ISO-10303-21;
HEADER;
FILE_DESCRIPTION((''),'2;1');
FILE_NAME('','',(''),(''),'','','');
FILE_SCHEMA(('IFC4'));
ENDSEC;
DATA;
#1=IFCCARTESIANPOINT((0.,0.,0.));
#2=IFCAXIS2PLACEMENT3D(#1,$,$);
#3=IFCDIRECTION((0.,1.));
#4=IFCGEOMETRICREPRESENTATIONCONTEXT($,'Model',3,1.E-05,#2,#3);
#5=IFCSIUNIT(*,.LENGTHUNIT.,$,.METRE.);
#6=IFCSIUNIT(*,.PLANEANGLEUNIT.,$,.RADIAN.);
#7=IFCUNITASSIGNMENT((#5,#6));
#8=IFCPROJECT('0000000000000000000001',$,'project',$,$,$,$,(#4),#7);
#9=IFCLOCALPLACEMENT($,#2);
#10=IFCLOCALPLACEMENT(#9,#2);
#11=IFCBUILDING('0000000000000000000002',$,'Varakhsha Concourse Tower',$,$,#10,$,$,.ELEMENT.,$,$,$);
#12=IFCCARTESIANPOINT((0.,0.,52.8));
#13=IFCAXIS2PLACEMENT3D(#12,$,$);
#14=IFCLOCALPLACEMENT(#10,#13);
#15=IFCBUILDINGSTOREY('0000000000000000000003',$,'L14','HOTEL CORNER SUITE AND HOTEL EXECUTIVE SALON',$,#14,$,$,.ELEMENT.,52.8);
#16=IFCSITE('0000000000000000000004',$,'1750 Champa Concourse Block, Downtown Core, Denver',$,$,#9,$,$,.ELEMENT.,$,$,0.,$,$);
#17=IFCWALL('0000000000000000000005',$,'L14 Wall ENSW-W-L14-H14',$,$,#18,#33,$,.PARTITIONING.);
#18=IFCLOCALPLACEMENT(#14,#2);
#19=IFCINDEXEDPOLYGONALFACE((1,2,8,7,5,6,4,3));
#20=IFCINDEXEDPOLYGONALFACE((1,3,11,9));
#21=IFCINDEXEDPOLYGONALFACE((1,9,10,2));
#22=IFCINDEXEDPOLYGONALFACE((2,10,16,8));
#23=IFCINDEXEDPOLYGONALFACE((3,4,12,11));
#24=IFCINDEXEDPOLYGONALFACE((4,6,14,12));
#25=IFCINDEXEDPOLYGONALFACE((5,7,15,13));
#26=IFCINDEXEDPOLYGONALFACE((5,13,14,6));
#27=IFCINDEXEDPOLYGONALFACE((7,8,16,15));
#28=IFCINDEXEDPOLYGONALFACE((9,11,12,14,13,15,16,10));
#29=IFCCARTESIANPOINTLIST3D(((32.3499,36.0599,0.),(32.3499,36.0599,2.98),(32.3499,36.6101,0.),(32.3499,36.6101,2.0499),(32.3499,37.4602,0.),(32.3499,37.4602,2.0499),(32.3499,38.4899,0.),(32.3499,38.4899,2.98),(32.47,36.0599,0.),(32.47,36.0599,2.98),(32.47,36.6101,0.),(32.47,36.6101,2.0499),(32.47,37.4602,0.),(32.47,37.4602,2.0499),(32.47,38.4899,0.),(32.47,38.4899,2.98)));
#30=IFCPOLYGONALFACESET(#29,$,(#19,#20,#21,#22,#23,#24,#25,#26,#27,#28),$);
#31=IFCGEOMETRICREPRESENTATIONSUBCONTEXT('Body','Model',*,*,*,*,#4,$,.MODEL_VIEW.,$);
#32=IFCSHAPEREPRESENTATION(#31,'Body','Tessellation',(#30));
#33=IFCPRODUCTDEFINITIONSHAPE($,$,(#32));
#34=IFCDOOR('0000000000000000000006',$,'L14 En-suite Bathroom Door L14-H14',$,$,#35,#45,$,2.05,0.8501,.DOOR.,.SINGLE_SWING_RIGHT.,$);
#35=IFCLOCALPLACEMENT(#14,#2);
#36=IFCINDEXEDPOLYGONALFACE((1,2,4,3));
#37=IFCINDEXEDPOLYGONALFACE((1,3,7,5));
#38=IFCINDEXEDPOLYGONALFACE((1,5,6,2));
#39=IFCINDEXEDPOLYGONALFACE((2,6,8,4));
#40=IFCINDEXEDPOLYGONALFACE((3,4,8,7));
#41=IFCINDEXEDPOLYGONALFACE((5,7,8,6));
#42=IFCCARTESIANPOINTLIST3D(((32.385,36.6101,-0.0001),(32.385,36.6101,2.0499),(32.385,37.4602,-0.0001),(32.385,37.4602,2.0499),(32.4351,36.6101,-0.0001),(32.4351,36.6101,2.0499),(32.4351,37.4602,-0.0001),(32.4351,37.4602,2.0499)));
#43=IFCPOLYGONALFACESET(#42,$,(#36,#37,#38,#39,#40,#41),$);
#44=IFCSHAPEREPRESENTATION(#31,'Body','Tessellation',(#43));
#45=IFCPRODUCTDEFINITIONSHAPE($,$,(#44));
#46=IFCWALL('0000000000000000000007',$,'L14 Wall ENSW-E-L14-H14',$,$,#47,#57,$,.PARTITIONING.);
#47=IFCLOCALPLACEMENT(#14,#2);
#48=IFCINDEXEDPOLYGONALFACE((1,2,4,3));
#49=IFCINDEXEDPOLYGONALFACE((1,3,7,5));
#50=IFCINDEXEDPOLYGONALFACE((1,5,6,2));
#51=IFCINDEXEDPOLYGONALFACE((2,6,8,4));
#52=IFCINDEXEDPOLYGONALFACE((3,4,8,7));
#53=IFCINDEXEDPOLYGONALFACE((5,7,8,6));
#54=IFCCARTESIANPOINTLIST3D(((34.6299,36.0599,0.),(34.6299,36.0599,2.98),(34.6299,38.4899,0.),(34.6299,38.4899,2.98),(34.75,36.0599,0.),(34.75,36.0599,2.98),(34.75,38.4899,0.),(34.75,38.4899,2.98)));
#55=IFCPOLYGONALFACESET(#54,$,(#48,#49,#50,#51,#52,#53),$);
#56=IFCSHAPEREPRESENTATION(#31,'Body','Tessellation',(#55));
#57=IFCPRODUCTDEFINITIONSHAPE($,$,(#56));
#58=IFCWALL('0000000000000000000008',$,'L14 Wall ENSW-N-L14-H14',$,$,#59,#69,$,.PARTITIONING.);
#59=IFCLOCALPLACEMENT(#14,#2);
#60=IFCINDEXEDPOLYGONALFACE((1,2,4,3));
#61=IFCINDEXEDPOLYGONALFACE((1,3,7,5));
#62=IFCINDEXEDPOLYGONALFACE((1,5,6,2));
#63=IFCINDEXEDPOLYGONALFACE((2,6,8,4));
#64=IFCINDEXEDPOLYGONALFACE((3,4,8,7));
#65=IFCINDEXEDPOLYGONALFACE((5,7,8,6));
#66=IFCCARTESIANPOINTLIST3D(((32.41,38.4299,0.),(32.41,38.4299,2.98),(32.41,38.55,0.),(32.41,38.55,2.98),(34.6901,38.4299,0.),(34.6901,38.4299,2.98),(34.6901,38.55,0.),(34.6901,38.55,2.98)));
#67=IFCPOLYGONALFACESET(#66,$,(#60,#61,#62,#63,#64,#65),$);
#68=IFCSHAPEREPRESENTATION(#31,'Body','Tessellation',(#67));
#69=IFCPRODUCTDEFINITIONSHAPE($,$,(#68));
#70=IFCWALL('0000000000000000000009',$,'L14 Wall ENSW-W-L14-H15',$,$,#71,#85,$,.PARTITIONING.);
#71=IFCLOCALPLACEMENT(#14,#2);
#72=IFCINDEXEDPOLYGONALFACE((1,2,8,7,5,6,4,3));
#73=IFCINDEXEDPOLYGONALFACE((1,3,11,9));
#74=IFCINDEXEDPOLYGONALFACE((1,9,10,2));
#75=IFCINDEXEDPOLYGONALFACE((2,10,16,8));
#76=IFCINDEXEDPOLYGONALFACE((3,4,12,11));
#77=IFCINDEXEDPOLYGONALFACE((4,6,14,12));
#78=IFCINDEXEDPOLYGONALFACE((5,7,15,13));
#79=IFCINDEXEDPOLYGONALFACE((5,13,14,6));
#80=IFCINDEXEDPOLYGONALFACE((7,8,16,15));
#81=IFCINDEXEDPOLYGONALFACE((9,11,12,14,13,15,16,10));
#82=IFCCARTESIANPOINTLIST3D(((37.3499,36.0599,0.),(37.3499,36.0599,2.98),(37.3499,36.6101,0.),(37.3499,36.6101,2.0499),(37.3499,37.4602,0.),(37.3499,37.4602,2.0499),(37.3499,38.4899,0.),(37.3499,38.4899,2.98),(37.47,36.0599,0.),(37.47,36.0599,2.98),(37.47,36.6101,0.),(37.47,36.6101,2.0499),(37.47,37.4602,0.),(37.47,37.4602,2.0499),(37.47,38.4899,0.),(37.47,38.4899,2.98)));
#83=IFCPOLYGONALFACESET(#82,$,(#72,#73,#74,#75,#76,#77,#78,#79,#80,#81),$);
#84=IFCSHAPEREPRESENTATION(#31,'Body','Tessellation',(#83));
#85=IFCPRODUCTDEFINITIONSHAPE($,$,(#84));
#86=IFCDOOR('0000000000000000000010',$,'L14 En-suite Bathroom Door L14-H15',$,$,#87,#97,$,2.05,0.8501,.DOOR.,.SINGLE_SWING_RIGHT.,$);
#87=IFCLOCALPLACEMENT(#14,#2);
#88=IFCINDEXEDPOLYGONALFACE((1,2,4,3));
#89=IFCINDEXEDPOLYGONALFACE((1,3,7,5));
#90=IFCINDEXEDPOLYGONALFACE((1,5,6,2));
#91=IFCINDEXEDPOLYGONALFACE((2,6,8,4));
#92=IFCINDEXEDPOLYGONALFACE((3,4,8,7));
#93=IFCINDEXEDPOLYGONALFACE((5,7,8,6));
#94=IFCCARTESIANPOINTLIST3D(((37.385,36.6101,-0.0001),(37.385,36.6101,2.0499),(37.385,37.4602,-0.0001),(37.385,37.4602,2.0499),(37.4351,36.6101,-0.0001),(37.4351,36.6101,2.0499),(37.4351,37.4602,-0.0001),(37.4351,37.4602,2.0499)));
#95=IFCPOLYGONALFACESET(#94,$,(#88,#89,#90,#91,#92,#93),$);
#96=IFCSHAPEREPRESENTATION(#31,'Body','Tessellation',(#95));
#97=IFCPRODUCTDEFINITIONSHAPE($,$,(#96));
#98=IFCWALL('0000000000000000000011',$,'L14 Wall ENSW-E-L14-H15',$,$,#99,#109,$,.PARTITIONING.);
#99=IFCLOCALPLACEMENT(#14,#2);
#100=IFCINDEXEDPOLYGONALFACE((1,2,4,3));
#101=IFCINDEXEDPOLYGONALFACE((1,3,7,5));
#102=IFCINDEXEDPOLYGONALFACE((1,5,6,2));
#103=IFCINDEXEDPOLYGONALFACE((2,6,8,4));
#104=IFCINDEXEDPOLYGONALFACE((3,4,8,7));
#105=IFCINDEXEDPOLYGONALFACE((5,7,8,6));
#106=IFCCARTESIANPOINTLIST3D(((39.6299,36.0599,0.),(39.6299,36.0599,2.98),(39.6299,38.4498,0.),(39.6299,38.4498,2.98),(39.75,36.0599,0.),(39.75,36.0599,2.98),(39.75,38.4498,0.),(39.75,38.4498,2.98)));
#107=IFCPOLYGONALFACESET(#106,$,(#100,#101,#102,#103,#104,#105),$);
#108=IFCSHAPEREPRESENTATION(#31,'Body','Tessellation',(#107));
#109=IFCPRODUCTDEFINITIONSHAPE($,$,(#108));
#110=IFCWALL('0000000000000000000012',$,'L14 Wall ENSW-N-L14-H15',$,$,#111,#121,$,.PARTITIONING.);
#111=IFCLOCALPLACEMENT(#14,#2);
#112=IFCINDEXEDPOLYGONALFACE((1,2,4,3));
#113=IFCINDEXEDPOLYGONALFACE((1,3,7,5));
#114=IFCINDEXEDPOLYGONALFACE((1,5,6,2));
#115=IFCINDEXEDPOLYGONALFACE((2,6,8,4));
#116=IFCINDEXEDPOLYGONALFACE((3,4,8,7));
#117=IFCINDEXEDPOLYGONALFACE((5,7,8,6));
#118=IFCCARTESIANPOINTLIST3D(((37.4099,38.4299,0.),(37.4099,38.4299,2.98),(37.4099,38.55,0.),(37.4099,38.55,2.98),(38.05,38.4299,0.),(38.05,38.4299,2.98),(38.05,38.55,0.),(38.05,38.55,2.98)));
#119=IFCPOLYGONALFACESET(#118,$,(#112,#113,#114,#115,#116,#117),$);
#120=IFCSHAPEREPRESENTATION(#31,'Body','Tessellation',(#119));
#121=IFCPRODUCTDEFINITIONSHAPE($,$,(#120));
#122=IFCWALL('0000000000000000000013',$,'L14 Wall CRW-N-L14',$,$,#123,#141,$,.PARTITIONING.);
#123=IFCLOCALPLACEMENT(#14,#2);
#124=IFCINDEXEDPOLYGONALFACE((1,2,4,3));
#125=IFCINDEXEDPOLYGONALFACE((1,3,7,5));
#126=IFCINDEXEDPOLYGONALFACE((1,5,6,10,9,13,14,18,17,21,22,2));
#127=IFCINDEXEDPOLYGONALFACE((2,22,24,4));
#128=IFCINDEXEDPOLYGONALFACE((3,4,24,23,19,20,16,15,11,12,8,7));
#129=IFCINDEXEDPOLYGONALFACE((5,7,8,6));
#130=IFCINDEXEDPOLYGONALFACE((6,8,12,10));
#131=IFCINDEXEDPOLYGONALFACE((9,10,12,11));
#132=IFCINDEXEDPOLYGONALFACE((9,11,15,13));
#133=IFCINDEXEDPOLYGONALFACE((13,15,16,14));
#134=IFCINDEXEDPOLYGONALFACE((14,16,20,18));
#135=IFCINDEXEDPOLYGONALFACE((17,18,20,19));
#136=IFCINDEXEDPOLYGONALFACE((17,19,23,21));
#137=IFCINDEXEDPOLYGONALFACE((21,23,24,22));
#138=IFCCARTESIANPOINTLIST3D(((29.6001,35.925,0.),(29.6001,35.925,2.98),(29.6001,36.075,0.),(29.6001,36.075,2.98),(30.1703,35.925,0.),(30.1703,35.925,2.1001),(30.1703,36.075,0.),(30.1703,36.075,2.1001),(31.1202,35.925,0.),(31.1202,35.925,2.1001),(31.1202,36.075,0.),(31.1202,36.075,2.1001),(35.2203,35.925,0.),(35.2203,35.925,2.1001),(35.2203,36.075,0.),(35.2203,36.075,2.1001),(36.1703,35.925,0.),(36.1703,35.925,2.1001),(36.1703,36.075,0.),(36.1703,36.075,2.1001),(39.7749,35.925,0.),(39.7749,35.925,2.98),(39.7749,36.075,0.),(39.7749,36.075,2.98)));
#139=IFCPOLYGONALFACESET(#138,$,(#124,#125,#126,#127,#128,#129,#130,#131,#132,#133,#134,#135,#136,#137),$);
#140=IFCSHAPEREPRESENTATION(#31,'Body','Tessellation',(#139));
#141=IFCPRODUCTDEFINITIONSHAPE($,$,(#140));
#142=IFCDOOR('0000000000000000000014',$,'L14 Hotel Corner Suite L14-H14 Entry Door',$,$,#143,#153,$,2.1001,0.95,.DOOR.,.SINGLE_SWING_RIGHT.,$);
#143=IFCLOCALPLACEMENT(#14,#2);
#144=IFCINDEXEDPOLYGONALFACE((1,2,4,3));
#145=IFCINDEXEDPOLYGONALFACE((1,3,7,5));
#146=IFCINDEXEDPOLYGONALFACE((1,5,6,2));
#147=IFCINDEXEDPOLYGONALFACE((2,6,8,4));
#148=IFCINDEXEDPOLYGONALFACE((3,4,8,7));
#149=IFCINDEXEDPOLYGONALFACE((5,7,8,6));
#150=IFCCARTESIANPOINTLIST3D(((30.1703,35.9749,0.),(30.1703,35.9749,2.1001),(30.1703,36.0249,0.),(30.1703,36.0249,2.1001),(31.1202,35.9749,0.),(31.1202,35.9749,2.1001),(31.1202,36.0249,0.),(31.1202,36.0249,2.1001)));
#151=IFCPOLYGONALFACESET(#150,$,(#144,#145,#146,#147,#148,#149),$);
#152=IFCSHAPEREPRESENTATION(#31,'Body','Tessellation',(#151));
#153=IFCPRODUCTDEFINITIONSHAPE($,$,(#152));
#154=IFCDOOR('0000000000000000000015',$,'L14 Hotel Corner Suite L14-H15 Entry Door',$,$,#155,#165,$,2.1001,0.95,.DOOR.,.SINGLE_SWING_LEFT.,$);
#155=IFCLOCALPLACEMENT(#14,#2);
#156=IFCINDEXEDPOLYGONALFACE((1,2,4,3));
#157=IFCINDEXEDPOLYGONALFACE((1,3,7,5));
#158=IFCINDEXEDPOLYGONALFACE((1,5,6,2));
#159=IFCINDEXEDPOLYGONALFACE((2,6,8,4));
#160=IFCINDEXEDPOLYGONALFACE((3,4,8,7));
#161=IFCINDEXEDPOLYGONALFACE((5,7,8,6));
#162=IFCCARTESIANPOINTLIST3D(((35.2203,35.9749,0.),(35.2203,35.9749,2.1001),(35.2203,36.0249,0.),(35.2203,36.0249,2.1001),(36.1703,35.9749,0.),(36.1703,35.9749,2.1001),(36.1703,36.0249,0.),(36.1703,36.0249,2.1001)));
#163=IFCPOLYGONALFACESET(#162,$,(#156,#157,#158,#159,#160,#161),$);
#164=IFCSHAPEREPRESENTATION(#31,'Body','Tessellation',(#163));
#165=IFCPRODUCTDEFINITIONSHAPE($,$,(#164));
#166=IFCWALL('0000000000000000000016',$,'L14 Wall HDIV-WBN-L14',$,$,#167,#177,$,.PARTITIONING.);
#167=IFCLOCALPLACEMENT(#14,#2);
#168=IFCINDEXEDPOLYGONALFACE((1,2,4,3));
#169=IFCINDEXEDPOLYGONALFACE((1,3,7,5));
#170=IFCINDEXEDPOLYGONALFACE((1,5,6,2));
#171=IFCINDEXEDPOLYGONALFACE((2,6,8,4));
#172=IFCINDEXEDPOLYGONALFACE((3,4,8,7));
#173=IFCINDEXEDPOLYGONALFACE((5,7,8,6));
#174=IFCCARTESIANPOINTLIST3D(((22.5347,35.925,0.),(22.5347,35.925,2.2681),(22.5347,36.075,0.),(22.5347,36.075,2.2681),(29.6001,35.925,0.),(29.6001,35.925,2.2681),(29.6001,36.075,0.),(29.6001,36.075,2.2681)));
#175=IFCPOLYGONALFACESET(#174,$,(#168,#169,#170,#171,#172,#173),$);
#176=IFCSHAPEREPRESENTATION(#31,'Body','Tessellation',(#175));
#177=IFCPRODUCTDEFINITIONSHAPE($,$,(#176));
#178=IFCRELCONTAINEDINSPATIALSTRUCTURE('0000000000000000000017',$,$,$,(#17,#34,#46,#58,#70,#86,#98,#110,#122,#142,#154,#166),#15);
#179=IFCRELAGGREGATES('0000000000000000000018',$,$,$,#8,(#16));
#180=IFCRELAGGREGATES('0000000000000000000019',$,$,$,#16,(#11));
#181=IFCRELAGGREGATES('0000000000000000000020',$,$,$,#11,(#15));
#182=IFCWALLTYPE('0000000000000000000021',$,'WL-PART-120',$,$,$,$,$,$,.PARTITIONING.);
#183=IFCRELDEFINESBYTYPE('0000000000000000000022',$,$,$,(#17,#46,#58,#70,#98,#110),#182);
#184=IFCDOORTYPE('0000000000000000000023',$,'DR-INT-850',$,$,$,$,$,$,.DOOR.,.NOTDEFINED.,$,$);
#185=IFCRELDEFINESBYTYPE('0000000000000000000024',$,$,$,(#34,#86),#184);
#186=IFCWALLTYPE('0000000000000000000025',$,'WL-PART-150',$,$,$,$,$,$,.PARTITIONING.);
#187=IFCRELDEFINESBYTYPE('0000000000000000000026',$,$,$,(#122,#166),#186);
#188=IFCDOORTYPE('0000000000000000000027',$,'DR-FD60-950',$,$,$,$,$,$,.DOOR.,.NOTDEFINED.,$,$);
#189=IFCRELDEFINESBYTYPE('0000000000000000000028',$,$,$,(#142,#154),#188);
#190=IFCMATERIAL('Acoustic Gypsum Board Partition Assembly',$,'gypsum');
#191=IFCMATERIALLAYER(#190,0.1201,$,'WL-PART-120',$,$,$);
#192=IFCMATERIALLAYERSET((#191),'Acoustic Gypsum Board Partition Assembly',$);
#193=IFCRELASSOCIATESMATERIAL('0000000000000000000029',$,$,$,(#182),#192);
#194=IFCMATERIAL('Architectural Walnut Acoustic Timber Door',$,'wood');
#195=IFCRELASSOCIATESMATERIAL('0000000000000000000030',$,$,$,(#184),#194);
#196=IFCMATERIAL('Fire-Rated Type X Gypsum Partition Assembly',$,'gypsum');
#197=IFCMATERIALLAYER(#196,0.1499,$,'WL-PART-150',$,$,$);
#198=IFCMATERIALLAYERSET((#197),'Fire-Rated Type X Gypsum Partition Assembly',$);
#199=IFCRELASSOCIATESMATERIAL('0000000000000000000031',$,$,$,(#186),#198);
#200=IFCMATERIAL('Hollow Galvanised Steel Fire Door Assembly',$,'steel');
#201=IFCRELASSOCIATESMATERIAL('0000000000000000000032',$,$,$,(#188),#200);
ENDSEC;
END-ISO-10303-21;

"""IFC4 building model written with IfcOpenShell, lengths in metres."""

from ifc_helpers import new_model, si_unit, direction, frame, frame_2d, origin, place, context, subcontext, project, spatial, rectangle, extrude, material, layer, layer_set, type_object, element, fill, save


model = new_model("IFC4")

# Units and contexts
model_context = context("Model", 3, precision=1e-05, world=origin(), true_north=direction((0.0, 1.0)))
body_context = subcontext(model_context, "Body", "Model", "MODEL_VIEW")
ifc_project = project(units=[si_unit("LENGTHUNIT", "METRE"), si_unit("PLANEANGLEUNIT", "RADIAN")], contexts=[model_context])

# Site, building, storey
site_placement = place(None, origin())
site = spatial("IfcSite", under=ifc_project, at=site_placement, Name="1750 Champa Concourse Block, Downtown Core, Denver", CompositionType="ELEMENT", RefElevation=0.0)
building_placement = place(site_placement, origin())
building = spatial("IfcBuilding", under=site, at=building_placement, Name="Varakhsha Concourse Tower", CompositionType="ELEMENT")
storey_placement = place(building_placement, frame((0.0, 0.0, 52.8)))
storey = spatial("IfcBuildingStorey", under=building, at=storey_placement, Name="L14", Description="HOTEL CORNER SUITE AND HOTEL EXECUTIVE SALON", CompositionType="ELEMENT", Elevation=52.8)

# Shared definitions
ifc_material_1 = material(Name="Acoustic Gypsum Board Partition Assembly", Category="gypsum")
ifc_layer_1 = layer(ifc_material_1, 0.1201, Name="WL-PART-120")
ifc_layer_set_1 = layer_set([ifc_layer_1], Name="Acoustic Gypsum Board Partition Assembly")
wall_type_1 = type_object("IfcWallType", Name="WL-PART-120", PredefinedType="PARTITIONING", material=ifc_layer_set_1)

# Wall, opening, door
wall_1_placement = place(storey_placement, frame((32.4099, 36.0601, 0.0), z_axis=(0.0, 0.0, 1.0), x_axis=(0.0, 1.0, 0.0)))
wall_1 = element("IfcWall", 1, at=wall_1_placement, inside=storey, type_object=wall_type_1, Name="L14 Wall ENSW-W-L14-H14", PredefinedType="PARTITIONING", context=body_context, shape_type="SweptSolid", body=[
    extrude(rectangle(XDim=2.4299, YDim=0.1201, at=frame_2d((1.2148, 0.0))), origin(), (0.0, 0.0, 1.0), 2.98),
])
opening_1_placement = place(wall_1_placement, frame((0.55, 0.0, 0.0)))
opening_1 = element("IfcOpeningElement", 2, at=opening_1_placement, cuts=wall_1, PredefinedType="OPENING", context=body_context, shape_type="SweptSolid", body=[
    extrude(rectangle(XDim=0.8501, YDim=2.05, at=frame_2d((0.425, 1.0249))), frame((0.0, 0.0701, 0.0), z_axis=(0.0, -1.0, 0.0), x_axis=(1.0, 0.0, 0.0)), (0.0, 0.0, 1.0), 0.1401),
])
ifc_material_2 = material(Name="Architectural Walnut Acoustic Timber Door", Category="wood")
door_type_1 = type_object("IfcDoorType", Name="DR-INT-850", OperationType="NOTDEFINED", PredefinedType="DOOR", material=ifc_material_2)
door_1_placement = place(opening_1_placement, origin())
door_1 = element("IfcDoor", 3, at=door_1_placement, inside=storey, type_object=door_type_1, Name="L14 En-suite Bathroom Door L14-H14", OperationType="SINGLE_SWING_RIGHT", OverallHeight=2.05, OverallWidth=0.8501, PredefinedType="DOOR", context=body_context, shape_type="SweptSolid", body=[
    extrude(rectangle(XDim=0.8501, YDim=2.05, at=frame_2d((0.425, 1.0249))), frame((0.0, 0.0249, 0.0), z_axis=(0.0, -1.0, 0.0), x_axis=(1.0, 0.0, 0.0)), (0.0, 0.0, 1.0), 0.05),
])
fill(opening_1, door_1)

# Walls
wall_2_placement = place(storey_placement, frame((34.6899, 36.0601, 0.0), z_axis=(0.0, 0.0, 1.0), x_axis=(0.0, 1.0, 0.0)))
element("IfcWall", 4, at=wall_2_placement, inside=storey, type_object=wall_type_1, Name="L14 Wall ENSW-E-L14-H14", PredefinedType="PARTITIONING", context=body_context, shape_type="SweptSolid", body=[
    extrude(rectangle(XDim=2.4299, YDim=0.1201, at=frame_2d((1.2148, 0.0))), origin(), (0.0, 0.0, 1.0), 2.98),
])
wall_3_placement = place(storey_placement, frame((32.4099, 38.49, 0.0), z_axis=(0.0, 0.0, 1.0), x_axis=(1.0, 0.0, 0.0)))
element("IfcWall", 5, at=wall_3_placement, inside=storey, type_object=wall_type_1, Name="L14 Wall ENSW-N-L14-H14", PredefinedType="PARTITIONING", context=body_context, shape_type="SweptSolid", body=[
    extrude(rectangle(XDim=2.28, YDim=0.1201, at=frame_2d((1.1401, 0.0))), origin(), (0.0, 0.0, 1.0), 2.98),
])

# Wall, opening, door
wall_4_placement = place(storey_placement, frame((37.4099, 36.0601, 0.0), z_axis=(0.0, 0.0, 1.0), x_axis=(0.0, 1.0, 0.0)))
wall_4 = element("IfcWall", 6, at=wall_4_placement, inside=storey, type_object=wall_type_1, Name="L14 Wall ENSW-W-L14-H15", PredefinedType="PARTITIONING", context=body_context, shape_type="SweptSolid", body=[
    extrude(rectangle(XDim=2.4299, YDim=0.1201, at=frame_2d((1.2148, 0.0))), origin(), (0.0, 0.0, 1.0), 2.98),
])
opening_2_placement = place(wall_4_placement, frame((0.55, 0.0, 0.0)))
opening_2 = element("IfcOpeningElement", 7, at=opening_2_placement, cuts=wall_4, PredefinedType="OPENING", context=body_context, shape_type="SweptSolid", body=[
    extrude(rectangle(XDim=0.8501, YDim=2.05, at=frame_2d((0.425, 1.0249))), frame((0.0, 0.0701, 0.0), z_axis=(0.0, -1.0, 0.0), x_axis=(1.0, 0.0, 0.0)), (0.0, 0.0, 1.0), 0.1401),
])
door_2_placement = place(opening_2_placement, origin())
door_2 = element("IfcDoor", 8, at=door_2_placement, inside=storey, type_object=door_type_1, Name="L14 En-suite Bathroom Door L14-H15", OperationType="SINGLE_SWING_RIGHT", OverallHeight=2.05, OverallWidth=0.8501, PredefinedType="DOOR", context=body_context, shape_type="SweptSolid", body=[
    extrude(rectangle(XDim=0.8501, YDim=2.05, at=frame_2d((0.425, 1.0249))), frame((0.0, 0.0249, 0.0), z_axis=(0.0, -1.0, 0.0), x_axis=(1.0, 0.0, 0.0)), (0.0, 0.0, 1.0), 0.05),
])
fill(opening_2, door_2)

# Walls
wall_5_placement = place(storey_placement, frame((39.6899, 36.0601, 0.0), z_axis=(0.0, 0.0, 1.0), x_axis=(0.0, 1.0, 0.0)))
element("IfcWall", 9, at=wall_5_placement, inside=storey, type_object=wall_type_1, Name="L14 Wall ENSW-E-L14-H15", PredefinedType="PARTITIONING", context=body_context, shape_type="SweptSolid", body=[
    extrude(rectangle(XDim=2.3899, YDim=0.1201, at=frame_2d((1.1948, 0.0))), origin(), (0.0, 0.0, 1.0), 2.98),
])
wall_6_placement = place(storey_placement, frame((37.4099, 38.49, 0.0), z_axis=(0.0, 0.0, 1.0), x_axis=(1.0, 0.0, 0.0)))
element("IfcWall", 10, at=wall_6_placement, inside=storey, type_object=wall_type_1, Name="L14 Wall ENSW-N-L14-H15", PredefinedType="PARTITIONING", context=body_context, shape_type="SweptSolid", body=[
    extrude(rectangle(XDim=0.6401, YDim=0.1201, at=frame_2d((0.3201, 0.0))), origin(), (0.0, 0.0, 1.0), 2.98),
])

# Wall, openings, doors
ifc_material_3 = material(Name="Fire-Rated Type X Gypsum Partition Assembly", Category="gypsum")
ifc_layer_2 = layer(ifc_material_3, 0.1499, Name="WL-PART-150")
ifc_layer_set_2 = layer_set([ifc_layer_2], Name="Fire-Rated Type X Gypsum Partition Assembly")
wall_type_2 = type_object("IfcWallType", Name="WL-PART-150", PredefinedType="PARTITIONING", material=ifc_layer_set_2)
wall_7_placement = place(storey_placement, frame((29.6001, 36.0, 0.0), z_axis=(0.0, 0.0, 1.0), x_axis=(1.0, 0.0, 0.0)))
wall_7 = element("IfcWall", 11, at=wall_7_placement, inside=storey, type_object=wall_type_2, Name="L14 Wall CRW-N-L14", PredefinedType="PARTITIONING", context=body_context, shape_type="SweptSolid", body=[
    extrude(rectangle(XDim=10.1748, YDim=0.1499, at=frame_2d((5.0874, 0.0))), origin(), (0.0, 0.0, 1.0), 2.98),
])
opening_3_placement = place(wall_7_placement, frame((0.5701, 0.0, 0.0)))
opening_3 = element("IfcOpeningElement", 12, at=opening_3_placement, cuts=wall_7, PredefinedType="OPENING", context=body_context, shape_type="SweptSolid", body=[
    extrude(rectangle(XDim=0.95, YDim=2.1001, at=frame_2d((0.4751, 1.05))), frame((0.0, 0.085, 0.0), z_axis=(0.0, -1.0, 0.0), x_axis=(1.0, 0.0, 0.0)), (0.0, 0.0, 1.0), 0.1699),
])
opening_4_placement = place(wall_7_placement, frame((5.6201, 0.0, 0.0)))
opening_4 = element("IfcOpeningElement", 13, at=opening_4_placement, cuts=wall_7, PredefinedType="OPENING", context=body_context, shape_type="SweptSolid", body=[
    extrude(rectangle(XDim=0.95, YDim=2.1001, at=frame_2d((0.4751, 1.05))), frame((0.0, 0.085, 0.0), z_axis=(0.0, -1.0, 0.0), x_axis=(1.0, 0.0, 0.0)), (0.0, 0.0, 1.0), 0.1699),
])
ifc_material_4 = material(Name="Hollow Galvanised Steel Fire Door Assembly", Category="steel")
door_type_2 = type_object("IfcDoorType", Name="DR-FD60-950", OperationType="NOTDEFINED", PredefinedType="DOOR", material=ifc_material_4)
door_3_placement = place(opening_3_placement, origin())
door_3 = element("IfcDoor", 14, at=door_3_placement, inside=storey, type_object=door_type_2, Name="L14 Hotel Corner Suite L14-H14 Entry Door", OperationType="SINGLE_SWING_RIGHT", OverallHeight=2.1001, OverallWidth=0.95, PredefinedType="DOOR", context=body_context, shape_type="SweptSolid", body=[
    extrude(rectangle(XDim=0.95, YDim=2.1001, at=frame_2d((0.4751, 1.05))), frame((0.0, 0.0249, 0.0), z_axis=(0.0, -1.0, 0.0), x_axis=(1.0, 0.0, 0.0)), (0.0, 0.0, 1.0), 0.05),
])
fill(opening_3, door_3)
door_4_placement = place(opening_4_placement, origin())
door_4 = element("IfcDoor", 15, at=door_4_placement, inside=storey, type_object=door_type_2, Name="L14 Hotel Corner Suite L14-H15 Entry Door", OperationType="SINGLE_SWING_LEFT", OverallHeight=2.1001, OverallWidth=0.95, PredefinedType="DOOR", context=body_context, shape_type="SweptSolid", body=[
    extrude(rectangle(XDim=0.95, YDim=2.1001, at=frame_2d((0.4751, 1.05))), frame((0.0, 0.0249, 0.0), z_axis=(0.0, -1.0, 0.0), x_axis=(1.0, 0.0, 0.0)), (0.0, 0.0, 1.0), 0.05),
])
fill(opening_4, door_4)

# Wall
wall_8_placement = place(storey_placement, frame((22.5347, 36.0, 0.0), z_axis=(0.0, 0.0, 1.0), x_axis=(1.0, 0.0, 0.0)))
element("IfcWall", 16, at=wall_8_placement, inside=storey, type_object=wall_type_2, Name="L14 Wall HDIV-WBN-L14", PredefinedType="PARTITIONING", context=body_context, shape_type="SweptSolid", body=[
    extrude(rectangle(XDim=7.0654, YDim=0.1499, at=frame_2d((3.5327, 0.0))), origin(), (0.0, 0.0, 1.0), 2.2681),
])

save(model, "model.ifc")
